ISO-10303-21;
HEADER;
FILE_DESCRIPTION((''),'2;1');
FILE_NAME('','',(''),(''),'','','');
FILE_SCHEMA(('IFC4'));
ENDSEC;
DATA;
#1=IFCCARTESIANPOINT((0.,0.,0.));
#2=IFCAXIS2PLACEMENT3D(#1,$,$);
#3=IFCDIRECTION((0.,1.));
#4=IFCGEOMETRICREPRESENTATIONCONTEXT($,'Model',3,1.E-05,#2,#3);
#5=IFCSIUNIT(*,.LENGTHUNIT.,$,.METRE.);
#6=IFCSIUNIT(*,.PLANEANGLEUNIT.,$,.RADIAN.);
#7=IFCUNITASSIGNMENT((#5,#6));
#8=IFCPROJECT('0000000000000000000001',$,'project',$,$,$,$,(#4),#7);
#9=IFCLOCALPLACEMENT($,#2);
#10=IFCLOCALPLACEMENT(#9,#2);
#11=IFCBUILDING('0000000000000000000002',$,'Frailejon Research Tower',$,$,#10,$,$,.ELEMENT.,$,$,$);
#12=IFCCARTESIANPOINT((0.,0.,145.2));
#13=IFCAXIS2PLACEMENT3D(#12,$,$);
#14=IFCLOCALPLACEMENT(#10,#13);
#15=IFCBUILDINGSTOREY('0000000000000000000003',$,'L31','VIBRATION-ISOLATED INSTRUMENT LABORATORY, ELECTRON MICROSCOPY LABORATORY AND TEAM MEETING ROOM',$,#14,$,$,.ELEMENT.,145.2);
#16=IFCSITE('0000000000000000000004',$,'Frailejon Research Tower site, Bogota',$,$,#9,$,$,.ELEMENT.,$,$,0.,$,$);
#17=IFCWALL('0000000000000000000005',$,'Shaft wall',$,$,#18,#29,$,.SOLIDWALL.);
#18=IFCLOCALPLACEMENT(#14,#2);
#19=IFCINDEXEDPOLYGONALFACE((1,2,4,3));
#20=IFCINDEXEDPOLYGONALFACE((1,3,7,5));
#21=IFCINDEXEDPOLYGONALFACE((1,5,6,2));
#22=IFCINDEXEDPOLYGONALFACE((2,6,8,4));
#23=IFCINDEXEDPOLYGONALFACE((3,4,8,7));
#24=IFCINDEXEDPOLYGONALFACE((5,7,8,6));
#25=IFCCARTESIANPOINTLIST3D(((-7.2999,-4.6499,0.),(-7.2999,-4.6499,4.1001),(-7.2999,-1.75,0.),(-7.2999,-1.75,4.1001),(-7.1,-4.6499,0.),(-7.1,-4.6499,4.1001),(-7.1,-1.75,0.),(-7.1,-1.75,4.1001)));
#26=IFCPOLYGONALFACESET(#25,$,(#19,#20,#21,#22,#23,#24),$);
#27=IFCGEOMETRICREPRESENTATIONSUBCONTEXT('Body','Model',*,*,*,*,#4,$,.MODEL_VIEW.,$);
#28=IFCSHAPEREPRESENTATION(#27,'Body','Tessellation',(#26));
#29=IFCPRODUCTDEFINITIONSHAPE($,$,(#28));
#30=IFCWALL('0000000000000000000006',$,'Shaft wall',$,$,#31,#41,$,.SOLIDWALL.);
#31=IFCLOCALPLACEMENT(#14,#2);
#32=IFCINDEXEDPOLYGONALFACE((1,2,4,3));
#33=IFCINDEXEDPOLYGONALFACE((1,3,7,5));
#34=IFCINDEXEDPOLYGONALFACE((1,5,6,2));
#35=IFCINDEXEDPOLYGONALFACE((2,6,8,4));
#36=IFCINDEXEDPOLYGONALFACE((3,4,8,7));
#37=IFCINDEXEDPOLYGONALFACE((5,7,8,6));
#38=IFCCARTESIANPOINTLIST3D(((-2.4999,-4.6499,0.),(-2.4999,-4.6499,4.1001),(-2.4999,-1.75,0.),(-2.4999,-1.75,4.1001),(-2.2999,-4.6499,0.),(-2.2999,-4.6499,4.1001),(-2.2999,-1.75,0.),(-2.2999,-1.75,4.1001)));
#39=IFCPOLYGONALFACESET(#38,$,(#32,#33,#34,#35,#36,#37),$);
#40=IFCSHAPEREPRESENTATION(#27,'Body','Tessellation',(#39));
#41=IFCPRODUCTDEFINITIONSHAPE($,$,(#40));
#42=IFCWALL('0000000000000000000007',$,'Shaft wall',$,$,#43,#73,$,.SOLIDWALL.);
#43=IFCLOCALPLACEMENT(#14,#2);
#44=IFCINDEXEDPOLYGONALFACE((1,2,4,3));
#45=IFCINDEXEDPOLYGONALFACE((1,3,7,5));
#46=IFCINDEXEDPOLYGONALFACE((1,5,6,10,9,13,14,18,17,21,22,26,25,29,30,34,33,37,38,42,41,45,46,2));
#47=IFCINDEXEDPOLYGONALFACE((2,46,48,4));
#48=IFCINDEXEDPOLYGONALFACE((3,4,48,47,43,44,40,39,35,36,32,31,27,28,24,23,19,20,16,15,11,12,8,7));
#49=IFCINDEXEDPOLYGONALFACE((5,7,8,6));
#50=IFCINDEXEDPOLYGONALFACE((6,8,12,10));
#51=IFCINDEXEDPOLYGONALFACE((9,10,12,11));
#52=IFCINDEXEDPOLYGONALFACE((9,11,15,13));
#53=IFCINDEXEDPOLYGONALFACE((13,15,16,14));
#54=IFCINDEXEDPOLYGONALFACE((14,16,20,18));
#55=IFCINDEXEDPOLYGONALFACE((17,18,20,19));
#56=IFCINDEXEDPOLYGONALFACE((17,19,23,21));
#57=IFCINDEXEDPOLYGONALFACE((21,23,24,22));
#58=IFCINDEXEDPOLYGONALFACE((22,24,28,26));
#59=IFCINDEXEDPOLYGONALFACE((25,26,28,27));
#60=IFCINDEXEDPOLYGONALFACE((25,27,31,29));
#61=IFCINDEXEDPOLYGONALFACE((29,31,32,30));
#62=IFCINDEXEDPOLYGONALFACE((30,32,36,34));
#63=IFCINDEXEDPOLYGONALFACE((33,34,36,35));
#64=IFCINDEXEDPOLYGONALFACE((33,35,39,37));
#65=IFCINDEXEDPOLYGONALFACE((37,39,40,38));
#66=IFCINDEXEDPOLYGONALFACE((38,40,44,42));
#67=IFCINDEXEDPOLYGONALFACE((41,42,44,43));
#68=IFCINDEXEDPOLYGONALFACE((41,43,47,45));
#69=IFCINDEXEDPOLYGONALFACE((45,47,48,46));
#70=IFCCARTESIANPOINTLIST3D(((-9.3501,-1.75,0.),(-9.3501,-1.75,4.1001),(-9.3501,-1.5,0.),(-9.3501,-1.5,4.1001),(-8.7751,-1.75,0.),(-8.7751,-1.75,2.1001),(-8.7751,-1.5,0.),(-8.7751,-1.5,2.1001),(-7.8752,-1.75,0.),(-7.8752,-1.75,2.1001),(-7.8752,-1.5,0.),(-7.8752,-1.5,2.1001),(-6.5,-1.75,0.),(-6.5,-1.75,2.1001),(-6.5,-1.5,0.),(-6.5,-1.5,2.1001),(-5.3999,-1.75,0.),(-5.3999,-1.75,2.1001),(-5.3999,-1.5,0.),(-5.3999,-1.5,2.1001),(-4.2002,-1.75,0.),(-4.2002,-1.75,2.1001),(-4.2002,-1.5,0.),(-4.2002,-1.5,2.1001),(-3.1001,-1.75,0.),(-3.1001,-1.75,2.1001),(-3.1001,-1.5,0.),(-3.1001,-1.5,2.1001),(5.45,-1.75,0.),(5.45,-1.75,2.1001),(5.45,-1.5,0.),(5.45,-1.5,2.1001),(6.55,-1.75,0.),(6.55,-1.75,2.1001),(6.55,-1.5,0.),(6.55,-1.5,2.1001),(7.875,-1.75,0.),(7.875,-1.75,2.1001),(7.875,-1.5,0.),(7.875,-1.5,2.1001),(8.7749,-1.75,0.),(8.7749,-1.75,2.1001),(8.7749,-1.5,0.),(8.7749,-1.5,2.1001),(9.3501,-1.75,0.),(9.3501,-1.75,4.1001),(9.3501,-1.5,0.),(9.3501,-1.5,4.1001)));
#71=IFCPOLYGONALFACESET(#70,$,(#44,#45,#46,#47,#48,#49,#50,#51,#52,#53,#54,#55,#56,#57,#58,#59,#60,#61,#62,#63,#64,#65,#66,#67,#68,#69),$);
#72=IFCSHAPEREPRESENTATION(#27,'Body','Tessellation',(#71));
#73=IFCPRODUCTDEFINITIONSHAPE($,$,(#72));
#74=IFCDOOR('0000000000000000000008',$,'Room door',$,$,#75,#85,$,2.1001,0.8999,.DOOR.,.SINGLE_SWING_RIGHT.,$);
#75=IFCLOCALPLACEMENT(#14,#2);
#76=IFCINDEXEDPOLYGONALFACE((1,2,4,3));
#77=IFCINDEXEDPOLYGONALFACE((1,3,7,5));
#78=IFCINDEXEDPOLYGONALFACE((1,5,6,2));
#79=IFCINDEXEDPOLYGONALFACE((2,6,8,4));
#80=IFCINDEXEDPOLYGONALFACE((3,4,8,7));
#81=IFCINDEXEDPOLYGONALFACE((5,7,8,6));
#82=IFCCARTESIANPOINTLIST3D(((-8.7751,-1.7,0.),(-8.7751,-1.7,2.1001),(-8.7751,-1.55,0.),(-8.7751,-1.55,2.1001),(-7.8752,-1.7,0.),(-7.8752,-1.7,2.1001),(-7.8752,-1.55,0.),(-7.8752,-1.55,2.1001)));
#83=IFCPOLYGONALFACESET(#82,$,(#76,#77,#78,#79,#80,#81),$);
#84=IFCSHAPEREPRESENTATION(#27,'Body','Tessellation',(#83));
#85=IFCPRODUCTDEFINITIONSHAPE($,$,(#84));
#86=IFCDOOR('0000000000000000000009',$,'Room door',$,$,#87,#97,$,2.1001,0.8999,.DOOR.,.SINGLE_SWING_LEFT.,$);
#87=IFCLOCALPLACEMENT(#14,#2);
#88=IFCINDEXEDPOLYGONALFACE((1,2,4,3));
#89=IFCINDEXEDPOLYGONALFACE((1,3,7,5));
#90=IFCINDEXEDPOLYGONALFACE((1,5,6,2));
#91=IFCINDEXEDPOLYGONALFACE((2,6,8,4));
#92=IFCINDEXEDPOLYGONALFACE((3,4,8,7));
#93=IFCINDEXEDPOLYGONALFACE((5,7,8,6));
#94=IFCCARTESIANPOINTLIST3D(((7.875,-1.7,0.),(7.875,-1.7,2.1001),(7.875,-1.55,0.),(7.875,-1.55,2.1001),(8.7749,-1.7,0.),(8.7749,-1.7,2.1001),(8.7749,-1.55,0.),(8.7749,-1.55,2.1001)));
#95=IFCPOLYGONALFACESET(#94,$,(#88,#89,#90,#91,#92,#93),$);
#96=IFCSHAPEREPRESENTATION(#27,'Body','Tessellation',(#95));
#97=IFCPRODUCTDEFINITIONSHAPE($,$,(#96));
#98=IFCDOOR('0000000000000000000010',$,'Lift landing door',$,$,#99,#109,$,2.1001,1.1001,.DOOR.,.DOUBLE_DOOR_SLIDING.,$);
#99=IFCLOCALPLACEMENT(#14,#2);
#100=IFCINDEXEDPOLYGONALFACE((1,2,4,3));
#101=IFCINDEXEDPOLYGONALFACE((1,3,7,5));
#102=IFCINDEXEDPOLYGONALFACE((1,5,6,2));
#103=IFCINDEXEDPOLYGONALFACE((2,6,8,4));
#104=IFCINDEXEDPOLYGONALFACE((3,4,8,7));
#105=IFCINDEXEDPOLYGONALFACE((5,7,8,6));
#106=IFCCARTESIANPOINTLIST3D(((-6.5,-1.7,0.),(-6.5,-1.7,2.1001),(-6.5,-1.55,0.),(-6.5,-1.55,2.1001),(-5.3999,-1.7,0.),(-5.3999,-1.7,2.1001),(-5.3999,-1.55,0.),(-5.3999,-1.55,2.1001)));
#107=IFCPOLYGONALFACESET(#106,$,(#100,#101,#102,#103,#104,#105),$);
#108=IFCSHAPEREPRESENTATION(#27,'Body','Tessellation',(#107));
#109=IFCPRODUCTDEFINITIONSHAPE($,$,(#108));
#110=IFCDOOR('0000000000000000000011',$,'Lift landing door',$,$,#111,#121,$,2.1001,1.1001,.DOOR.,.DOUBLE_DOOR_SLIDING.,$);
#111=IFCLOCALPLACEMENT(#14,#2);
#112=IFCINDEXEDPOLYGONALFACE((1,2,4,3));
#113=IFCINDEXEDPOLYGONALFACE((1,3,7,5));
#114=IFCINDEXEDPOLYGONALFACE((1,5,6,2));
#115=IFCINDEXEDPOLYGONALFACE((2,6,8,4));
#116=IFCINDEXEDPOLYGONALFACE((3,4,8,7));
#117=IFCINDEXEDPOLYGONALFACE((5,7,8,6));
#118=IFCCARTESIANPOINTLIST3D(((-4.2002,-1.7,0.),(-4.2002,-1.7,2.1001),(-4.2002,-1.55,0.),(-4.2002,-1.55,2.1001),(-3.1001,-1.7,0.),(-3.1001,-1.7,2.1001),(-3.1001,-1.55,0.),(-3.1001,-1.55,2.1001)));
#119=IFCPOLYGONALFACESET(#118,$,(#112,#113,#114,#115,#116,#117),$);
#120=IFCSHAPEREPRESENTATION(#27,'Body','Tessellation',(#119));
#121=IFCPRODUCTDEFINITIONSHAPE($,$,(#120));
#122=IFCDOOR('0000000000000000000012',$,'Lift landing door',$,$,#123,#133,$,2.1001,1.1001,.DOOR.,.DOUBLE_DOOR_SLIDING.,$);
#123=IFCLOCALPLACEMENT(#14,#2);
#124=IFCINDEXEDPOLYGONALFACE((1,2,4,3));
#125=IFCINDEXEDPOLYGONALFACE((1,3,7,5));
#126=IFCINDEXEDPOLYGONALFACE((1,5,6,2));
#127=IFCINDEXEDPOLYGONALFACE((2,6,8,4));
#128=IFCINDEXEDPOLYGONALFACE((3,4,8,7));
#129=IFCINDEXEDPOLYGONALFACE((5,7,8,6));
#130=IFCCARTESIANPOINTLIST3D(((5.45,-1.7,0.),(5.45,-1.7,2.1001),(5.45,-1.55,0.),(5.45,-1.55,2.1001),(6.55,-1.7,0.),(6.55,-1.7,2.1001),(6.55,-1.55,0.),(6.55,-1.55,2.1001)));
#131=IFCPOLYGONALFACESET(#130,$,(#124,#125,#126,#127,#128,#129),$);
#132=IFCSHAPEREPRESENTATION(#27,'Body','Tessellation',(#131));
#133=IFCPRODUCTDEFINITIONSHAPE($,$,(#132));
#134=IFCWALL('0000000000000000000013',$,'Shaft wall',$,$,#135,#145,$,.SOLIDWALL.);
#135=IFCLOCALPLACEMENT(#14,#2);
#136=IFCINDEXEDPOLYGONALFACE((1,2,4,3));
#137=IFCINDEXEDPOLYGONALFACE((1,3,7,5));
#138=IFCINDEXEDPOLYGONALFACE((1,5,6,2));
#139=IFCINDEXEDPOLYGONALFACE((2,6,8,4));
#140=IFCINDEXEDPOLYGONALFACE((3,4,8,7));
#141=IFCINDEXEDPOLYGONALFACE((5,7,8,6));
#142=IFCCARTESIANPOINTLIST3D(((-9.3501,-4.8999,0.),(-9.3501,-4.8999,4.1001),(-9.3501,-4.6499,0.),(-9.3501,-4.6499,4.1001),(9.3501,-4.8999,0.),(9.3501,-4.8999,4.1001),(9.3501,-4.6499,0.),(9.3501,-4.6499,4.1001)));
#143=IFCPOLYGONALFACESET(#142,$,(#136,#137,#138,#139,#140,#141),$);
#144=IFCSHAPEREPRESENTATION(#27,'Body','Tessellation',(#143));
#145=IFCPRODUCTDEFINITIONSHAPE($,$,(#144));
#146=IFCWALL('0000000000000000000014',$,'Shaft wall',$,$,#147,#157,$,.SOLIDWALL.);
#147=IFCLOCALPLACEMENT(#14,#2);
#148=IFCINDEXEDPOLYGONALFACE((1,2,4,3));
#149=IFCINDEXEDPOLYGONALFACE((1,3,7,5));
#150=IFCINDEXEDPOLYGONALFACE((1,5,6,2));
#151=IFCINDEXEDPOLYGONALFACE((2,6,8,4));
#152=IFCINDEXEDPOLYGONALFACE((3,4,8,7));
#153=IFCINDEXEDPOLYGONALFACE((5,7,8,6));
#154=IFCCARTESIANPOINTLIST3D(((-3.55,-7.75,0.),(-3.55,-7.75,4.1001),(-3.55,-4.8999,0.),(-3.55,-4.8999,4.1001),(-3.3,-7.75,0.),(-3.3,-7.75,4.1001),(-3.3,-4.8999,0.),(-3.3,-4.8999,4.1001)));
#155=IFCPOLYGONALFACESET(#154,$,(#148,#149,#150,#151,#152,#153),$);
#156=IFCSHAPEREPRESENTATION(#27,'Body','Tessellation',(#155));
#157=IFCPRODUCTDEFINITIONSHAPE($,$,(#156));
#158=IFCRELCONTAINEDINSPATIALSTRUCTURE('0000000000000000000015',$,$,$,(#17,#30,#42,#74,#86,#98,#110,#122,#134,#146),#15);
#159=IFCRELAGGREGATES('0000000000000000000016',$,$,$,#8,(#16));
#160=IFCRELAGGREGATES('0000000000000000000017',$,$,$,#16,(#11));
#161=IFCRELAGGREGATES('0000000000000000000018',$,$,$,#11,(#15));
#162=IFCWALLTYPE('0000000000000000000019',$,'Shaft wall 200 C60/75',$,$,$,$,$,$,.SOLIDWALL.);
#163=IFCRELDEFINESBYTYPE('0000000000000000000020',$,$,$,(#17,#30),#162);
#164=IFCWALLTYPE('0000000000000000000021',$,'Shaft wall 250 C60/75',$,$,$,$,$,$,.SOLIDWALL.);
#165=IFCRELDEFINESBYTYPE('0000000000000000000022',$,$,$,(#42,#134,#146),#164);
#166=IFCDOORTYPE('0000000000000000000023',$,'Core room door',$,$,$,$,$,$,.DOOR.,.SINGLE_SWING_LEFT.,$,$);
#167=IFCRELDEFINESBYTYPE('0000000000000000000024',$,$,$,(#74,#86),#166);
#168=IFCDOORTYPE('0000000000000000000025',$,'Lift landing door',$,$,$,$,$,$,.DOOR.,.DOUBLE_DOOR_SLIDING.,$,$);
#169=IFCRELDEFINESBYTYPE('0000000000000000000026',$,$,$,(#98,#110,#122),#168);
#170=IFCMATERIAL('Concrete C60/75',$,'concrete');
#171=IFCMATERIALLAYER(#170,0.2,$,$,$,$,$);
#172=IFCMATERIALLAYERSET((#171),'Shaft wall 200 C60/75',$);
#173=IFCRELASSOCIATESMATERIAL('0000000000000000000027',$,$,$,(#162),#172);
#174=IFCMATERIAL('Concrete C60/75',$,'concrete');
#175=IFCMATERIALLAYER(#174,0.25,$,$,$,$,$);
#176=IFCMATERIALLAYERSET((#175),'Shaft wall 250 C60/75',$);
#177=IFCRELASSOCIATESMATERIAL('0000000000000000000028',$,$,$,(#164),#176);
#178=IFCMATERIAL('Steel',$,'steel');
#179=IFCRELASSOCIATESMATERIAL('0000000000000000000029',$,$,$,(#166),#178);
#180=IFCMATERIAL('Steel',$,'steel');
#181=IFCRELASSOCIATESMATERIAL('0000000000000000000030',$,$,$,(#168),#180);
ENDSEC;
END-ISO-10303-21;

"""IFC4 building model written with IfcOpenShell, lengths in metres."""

from ifc_helpers import new_model, si_unit, direction, frame, frame_2d, origin, place, context, subcontext, project, spatial, rectangle, extrude, material, layer, layer_set, type_object, element, fill, save


model = new_model("IFC4")

# Units and contexts
model_context = context("Model", 3, precision=1e-05, world=origin(), true_north=direction((0.0, 1.0)))
body_context = subcontext(model_context, "Body", "Model", "MODEL_VIEW")
ifc_project = project(units=[si_unit("LENGTHUNIT", "METRE"), si_unit("PLANEANGLEUNIT", "RADIAN")], contexts=[model_context])

# Site, building, storey
site_placement = place(None, origin())
site = spatial("IfcSite", under=ifc_project, at=site_placement, Name="Frailejon Research Tower site, Bogota", CompositionType="ELEMENT", RefElevation=0.0)
building_placement = place(site_placement, origin())
building = spatial("IfcBuilding", under=site, at=building_placement, Name="Frailejon Research Tower", CompositionType="ELEMENT")
storey_placement = place(building_placement, frame((0.0, 0.0, 145.2)))
storey = spatial("IfcBuildingStorey", under=building, at=storey_placement, Name="L31", Description="VIBRATION-ISOLATED INSTRUMENT LABORATORY, ELECTRON MICROSCOPY LABORATORY AND TEAM MEETING ROOM", CompositionType="ELEMENT", Elevation=145.2)

# Walls
ifc_material_1 = material(Name="Concrete C60/75", Category="concrete")
ifc_layer_1 = layer(ifc_material_1, 0.2)
ifc_layer_set_1 = layer_set([ifc_layer_1], Name="Shaft wall 200 C60/75")
wall_type_1 = type_object("IfcWallType", Name="Shaft wall 200 C60/75", PredefinedType="SOLIDWALL", material=ifc_layer_set_1)
for number, where, z_axis, x_axis, name in (
    (1, (-7.2, -4.6499, 0.0), (0.0, 0.0, 1.0), (0.0, 1.0, 0.0), "Shaft wall"),
    (2, (-2.3999, -4.6499, 0.0), (0.0, 0.0, 1.0), (0.0, 1.0, 0.0), "Shaft wall"),
):
    element("IfcWall", number, at=place(storey_placement, frame(where, z_axis=z_axis, x_axis=x_axis)), inside=storey, type_object=wall_type_1, Name=name, PredefinedType="SOLIDWALL", context=body_context, shape_type="SweptSolid", body=[
        extrude(rectangle(XDim=2.8999, YDim=0.2, at=frame_2d((1.45, 0.0))), origin(), (0.0, 0.0, 1.0), 4.1001),
    ])

# Wall, openings, doors
ifc_material_2 = material(Name="Concrete C60/75", Category="concrete")
ifc_layer_2 = layer(ifc_material_2, 0.25)
ifc_layer_set_2 = layer_set([ifc_layer_2], Name="Shaft wall 250 C60/75")
wall_type_2 = type_object("IfcWallType", Name="Shaft wall 250 C60/75", PredefinedType="SOLIDWALL", material=ifc_layer_set_2)
wall_1_placement = place(storey_placement, frame((-9.3501, -1.625, 0.0), z_axis=(0.0, 0.0, 1.0), x_axis=(1.0, 0.0, 0.0)))
wall_1 = element("IfcWall", 3, at=wall_1_placement, inside=storey, type_object=wall_type_2, Name="Shaft wall", PredefinedType="SOLIDWALL", context=body_context, shape_type="SweptSolid", body=[
    extrude(rectangle(XDim=18.7002, YDim=0.25, at=frame_2d((9.3501, 0.0))), origin(), (0.0, 0.0, 1.0), 4.1001),
])
opening_1_placement = place(wall_1_placement, frame((2.8501, 0.0, 0.0)))
opening_1 = element("IfcOpeningElement", 4, at=opening_1_placement, cuts=wall_1, PredefinedType="OPENING", context=body_context, shape_type="SweptSolid", body=[
    extrude(rectangle(XDim=1.1001, YDim=2.1001, at=frame_2d((0.55, 1.05))), frame((0.0, 0.135, 0.0), z_axis=(0.0, -1.0, 0.0), x_axis=(1.0, 0.0, 0.0)), (0.0, 0.0, 1.0), 0.27),
])
opening_2_placement = place(wall_1_placement, frame((5.1499, 0.0, 0.0)))
opening_2 = element("IfcOpeningElement", 5, at=opening_2_placement, cuts=wall_1, PredefinedType="OPENING", context=body_context, shape_type="SweptSolid", body=[
    extrude(rectangle(XDim=1.1001, YDim=2.1001, at=frame_2d((0.55, 1.05))), frame((0.0, 0.135, 0.0), z_axis=(0.0, -1.0, 0.0), x_axis=(1.0, 0.0, 0.0)), (0.0, 0.0, 1.0), 0.27),
])
opening_3_placement = place(wall_1_placement, frame((14.8, 0.0, 0.0)))
opening_3 = element("IfcOpeningElement", 6, at=opening_3_placement, cuts=wall_1, PredefinedType="OPENING", context=body_context, shape_type="SweptSolid", body=[
    extrude(rectangle(XDim=1.1001, YDim=2.1001, at=frame_2d((0.55, 1.05))), frame((0.0, 0.135, 0.0), z_axis=(0.0, -1.0, 0.0), x_axis=(1.0, 0.0, 0.0)), (0.0, 0.0, 1.0), 0.27),
])
opening_4_placement = place(wall_1_placement, frame((0.575, 0.0, 0.0)))
opening_4 = element("IfcOpeningElement", 7, at=opening_4_placement, cuts=wall_1, PredefinedType="OPENING", context=body_context, shape_type="SweptSolid", body=[
    extrude(rectangle(XDim=0.8999, YDim=2.1001, at=frame_2d((0.45, 1.05))), frame((0.0, 0.135, 0.0), z_axis=(0.0, -1.0, 0.0), x_axis=(1.0, 0.0, 0.0)), (0.0, 0.0, 1.0), 0.27),
])
opening_5_placement = place(wall_1_placement, frame((17.2251, 0.0, 0.0)))
opening_5 = element("IfcOpeningElement", 8, at=opening_5_placement, cuts=wall_1, PredefinedType="OPENING", context=body_context, shape_type="SweptSolid", body=[
    extrude(rectangle(XDim=0.8999, YDim=2.1001, at=frame_2d((0.45, 1.05))), frame((0.0, 0.135, 0.0), z_axis=(0.0, -1.0, 0.0), x_axis=(1.0, 0.0, 0.0)), (0.0, 0.0, 1.0), 0.27),
])
ifc_material_3 = material(Name="Steel", Category="steel")
door_type_1 = type_object("IfcDoorType", Name="Core room door", OperationType="SINGLE_SWING_LEFT", PredefinedType="DOOR", material=ifc_material_3)
door_1_placement = place(opening_4_placement, origin())
door_1 = element("IfcDoor", 9, at=door_1_placement, inside=storey, type_object=door_type_1, Name="Room door", OperationType="SINGLE_SWING_RIGHT", OverallHeight=2.1001, OverallWidth=0.8999, PredefinedType="DOOR", context=body_context, shape_type="SweptSolid", body=[
    extrude(rectangle(XDim=0.8999, YDim=2.1001, at=frame_2d((0.45, 1.05))), frame((0.0, 0.075, 0.0), z_axis=(0.0, -1.0, 0.0), x_axis=(1.0, 0.0, 0.0)), (0.0, 0.0, 1.0), 0.1499),
])
fill(opening_4, door_1)
door_2_placement = place(opening_5_placement, origin())
door_2 = element("IfcDoor", 10, at=door_2_placement, inside=storey, type_object=door_type_1, Name="Room door", OperationType="SINGLE_SWING_LEFT", OverallHeight=2.1001, OverallWidth=0.8999, PredefinedType="DOOR", context=body_context, shape_type="SweptSolid", body=[
    extrude(rectangle(XDim=0.8999, YDim=2.1001, at=frame_2d((0.45, 1.05))), frame((0.0, 0.075, 0.0), z_axis=(0.0, -1.0, 0.0), x_axis=(1.0, 0.0, 0.0)), (0.0, 0.0, 1.0), 0.1499),
])
fill(opening_5, door_2)
ifc_material_4 = material(Name="Steel", Category="steel")
door_type_2 = type_object("IfcDoorType", Name="Lift landing door", OperationType="DOUBLE_DOOR_SLIDING", PredefinedType="DOOR", material=ifc_material_4)
door_3_placement = place(opening_1_placement, origin())
door_3 = element("IfcDoor", 11, at=door_3_placement, inside=storey, type_object=door_type_2, Name="Lift landing door", OperationType="DOUBLE_DOOR_SLIDING", OverallHeight=2.1001, OverallWidth=1.1001, PredefinedType="DOOR", context=body_context, shape_type="SweptSolid", body=[
    extrude(rectangle(XDim=1.1001, YDim=2.1001, at=frame_2d((0.55, 1.05))), frame((0.0, 0.075, 0.0), z_axis=(0.0, -1.0, 0.0), x_axis=(1.0, 0.0, 0.0)), (0.0, 0.0, 1.0), 0.1499),
])
fill(opening_1, door_3)
door_4_placement = place(opening_2_placement, origin())
door_4 = element("IfcDoor", 12, at=door_4_placement, inside=storey, type_object=door_type_2, Name="Lift landing door", OperationType="DOUBLE_DOOR_SLIDING", OverallHeight=2.1001, OverallWidth=1.1001, PredefinedType="DOOR", context=body_context, shape_type="SweptSolid", body=[
    extrude(rectangle(XDim=1.1001, YDim=2.1001, at=frame_2d((0.55, 1.05))), frame((0.0, 0.075, 0.0), z_axis=(0.0, -1.0, 0.0), x_axis=(1.0, 0.0, 0.0)), (0.0, 0.0, 1.0), 0.1499),
])
fill(opening_2, door_4)
door_5_placement = place(opening_3_placement, origin())
door_5 = element("IfcDoor", 13, at=door_5_placement, inside=storey, type_object=door_type_2, Name="Lift landing door", OperationType="DOUBLE_DOOR_SLIDING", OverallHeight=2.1001, OverallWidth=1.1001, PredefinedType="DOOR", context=body_context, shape_type="SweptSolid", body=[
    extrude(rectangle(XDim=1.1001, YDim=2.1001, at=frame_2d((0.55, 1.05))), frame((0.0, 0.075, 0.0), z_axis=(0.0, -1.0, 0.0), x_axis=(1.0, 0.0, 0.0)), (0.0, 0.0, 1.0), 0.1499),
])
fill(opening_3, door_5)

# Walls
wall_2_placement = place(storey_placement, frame((-9.3501, -4.7749, 0.0), z_axis=(0.0, 0.0, 1.0), x_axis=(1.0, 0.0, 0.0)))
element("IfcWall", 14, at=wall_2_placement, inside=storey, type_object=wall_type_2, Name="Shaft wall", PredefinedType="SOLIDWALL", context=body_context, shape_type="SweptSolid", body=[
    extrude(rectangle(XDim=18.7002, YDim=0.25, at=frame_2d((9.3501, 0.0))), origin(), (0.0, 0.0, 1.0), 4.1001),
])
wall_3_placement = place(storey_placement, frame((-3.425, -7.75, 0.0), z_axis=(0.0, 0.0, 1.0), x_axis=(0.0, 1.0, 0.0)))
element("IfcWall", 15, at=wall_3_placement, inside=storey, type_object=wall_type_2, Name="Shaft wall", PredefinedType="SOLIDWALL", context=body_context, shape_type="SweptSolid", body=[
    extrude(rectangle(XDim=2.8501, YDim=0.25, at=frame_2d((1.425, 0.0))), origin(), (0.0, 0.0, 1.0), 4.1001),
])

save(model, "model.ifc")
